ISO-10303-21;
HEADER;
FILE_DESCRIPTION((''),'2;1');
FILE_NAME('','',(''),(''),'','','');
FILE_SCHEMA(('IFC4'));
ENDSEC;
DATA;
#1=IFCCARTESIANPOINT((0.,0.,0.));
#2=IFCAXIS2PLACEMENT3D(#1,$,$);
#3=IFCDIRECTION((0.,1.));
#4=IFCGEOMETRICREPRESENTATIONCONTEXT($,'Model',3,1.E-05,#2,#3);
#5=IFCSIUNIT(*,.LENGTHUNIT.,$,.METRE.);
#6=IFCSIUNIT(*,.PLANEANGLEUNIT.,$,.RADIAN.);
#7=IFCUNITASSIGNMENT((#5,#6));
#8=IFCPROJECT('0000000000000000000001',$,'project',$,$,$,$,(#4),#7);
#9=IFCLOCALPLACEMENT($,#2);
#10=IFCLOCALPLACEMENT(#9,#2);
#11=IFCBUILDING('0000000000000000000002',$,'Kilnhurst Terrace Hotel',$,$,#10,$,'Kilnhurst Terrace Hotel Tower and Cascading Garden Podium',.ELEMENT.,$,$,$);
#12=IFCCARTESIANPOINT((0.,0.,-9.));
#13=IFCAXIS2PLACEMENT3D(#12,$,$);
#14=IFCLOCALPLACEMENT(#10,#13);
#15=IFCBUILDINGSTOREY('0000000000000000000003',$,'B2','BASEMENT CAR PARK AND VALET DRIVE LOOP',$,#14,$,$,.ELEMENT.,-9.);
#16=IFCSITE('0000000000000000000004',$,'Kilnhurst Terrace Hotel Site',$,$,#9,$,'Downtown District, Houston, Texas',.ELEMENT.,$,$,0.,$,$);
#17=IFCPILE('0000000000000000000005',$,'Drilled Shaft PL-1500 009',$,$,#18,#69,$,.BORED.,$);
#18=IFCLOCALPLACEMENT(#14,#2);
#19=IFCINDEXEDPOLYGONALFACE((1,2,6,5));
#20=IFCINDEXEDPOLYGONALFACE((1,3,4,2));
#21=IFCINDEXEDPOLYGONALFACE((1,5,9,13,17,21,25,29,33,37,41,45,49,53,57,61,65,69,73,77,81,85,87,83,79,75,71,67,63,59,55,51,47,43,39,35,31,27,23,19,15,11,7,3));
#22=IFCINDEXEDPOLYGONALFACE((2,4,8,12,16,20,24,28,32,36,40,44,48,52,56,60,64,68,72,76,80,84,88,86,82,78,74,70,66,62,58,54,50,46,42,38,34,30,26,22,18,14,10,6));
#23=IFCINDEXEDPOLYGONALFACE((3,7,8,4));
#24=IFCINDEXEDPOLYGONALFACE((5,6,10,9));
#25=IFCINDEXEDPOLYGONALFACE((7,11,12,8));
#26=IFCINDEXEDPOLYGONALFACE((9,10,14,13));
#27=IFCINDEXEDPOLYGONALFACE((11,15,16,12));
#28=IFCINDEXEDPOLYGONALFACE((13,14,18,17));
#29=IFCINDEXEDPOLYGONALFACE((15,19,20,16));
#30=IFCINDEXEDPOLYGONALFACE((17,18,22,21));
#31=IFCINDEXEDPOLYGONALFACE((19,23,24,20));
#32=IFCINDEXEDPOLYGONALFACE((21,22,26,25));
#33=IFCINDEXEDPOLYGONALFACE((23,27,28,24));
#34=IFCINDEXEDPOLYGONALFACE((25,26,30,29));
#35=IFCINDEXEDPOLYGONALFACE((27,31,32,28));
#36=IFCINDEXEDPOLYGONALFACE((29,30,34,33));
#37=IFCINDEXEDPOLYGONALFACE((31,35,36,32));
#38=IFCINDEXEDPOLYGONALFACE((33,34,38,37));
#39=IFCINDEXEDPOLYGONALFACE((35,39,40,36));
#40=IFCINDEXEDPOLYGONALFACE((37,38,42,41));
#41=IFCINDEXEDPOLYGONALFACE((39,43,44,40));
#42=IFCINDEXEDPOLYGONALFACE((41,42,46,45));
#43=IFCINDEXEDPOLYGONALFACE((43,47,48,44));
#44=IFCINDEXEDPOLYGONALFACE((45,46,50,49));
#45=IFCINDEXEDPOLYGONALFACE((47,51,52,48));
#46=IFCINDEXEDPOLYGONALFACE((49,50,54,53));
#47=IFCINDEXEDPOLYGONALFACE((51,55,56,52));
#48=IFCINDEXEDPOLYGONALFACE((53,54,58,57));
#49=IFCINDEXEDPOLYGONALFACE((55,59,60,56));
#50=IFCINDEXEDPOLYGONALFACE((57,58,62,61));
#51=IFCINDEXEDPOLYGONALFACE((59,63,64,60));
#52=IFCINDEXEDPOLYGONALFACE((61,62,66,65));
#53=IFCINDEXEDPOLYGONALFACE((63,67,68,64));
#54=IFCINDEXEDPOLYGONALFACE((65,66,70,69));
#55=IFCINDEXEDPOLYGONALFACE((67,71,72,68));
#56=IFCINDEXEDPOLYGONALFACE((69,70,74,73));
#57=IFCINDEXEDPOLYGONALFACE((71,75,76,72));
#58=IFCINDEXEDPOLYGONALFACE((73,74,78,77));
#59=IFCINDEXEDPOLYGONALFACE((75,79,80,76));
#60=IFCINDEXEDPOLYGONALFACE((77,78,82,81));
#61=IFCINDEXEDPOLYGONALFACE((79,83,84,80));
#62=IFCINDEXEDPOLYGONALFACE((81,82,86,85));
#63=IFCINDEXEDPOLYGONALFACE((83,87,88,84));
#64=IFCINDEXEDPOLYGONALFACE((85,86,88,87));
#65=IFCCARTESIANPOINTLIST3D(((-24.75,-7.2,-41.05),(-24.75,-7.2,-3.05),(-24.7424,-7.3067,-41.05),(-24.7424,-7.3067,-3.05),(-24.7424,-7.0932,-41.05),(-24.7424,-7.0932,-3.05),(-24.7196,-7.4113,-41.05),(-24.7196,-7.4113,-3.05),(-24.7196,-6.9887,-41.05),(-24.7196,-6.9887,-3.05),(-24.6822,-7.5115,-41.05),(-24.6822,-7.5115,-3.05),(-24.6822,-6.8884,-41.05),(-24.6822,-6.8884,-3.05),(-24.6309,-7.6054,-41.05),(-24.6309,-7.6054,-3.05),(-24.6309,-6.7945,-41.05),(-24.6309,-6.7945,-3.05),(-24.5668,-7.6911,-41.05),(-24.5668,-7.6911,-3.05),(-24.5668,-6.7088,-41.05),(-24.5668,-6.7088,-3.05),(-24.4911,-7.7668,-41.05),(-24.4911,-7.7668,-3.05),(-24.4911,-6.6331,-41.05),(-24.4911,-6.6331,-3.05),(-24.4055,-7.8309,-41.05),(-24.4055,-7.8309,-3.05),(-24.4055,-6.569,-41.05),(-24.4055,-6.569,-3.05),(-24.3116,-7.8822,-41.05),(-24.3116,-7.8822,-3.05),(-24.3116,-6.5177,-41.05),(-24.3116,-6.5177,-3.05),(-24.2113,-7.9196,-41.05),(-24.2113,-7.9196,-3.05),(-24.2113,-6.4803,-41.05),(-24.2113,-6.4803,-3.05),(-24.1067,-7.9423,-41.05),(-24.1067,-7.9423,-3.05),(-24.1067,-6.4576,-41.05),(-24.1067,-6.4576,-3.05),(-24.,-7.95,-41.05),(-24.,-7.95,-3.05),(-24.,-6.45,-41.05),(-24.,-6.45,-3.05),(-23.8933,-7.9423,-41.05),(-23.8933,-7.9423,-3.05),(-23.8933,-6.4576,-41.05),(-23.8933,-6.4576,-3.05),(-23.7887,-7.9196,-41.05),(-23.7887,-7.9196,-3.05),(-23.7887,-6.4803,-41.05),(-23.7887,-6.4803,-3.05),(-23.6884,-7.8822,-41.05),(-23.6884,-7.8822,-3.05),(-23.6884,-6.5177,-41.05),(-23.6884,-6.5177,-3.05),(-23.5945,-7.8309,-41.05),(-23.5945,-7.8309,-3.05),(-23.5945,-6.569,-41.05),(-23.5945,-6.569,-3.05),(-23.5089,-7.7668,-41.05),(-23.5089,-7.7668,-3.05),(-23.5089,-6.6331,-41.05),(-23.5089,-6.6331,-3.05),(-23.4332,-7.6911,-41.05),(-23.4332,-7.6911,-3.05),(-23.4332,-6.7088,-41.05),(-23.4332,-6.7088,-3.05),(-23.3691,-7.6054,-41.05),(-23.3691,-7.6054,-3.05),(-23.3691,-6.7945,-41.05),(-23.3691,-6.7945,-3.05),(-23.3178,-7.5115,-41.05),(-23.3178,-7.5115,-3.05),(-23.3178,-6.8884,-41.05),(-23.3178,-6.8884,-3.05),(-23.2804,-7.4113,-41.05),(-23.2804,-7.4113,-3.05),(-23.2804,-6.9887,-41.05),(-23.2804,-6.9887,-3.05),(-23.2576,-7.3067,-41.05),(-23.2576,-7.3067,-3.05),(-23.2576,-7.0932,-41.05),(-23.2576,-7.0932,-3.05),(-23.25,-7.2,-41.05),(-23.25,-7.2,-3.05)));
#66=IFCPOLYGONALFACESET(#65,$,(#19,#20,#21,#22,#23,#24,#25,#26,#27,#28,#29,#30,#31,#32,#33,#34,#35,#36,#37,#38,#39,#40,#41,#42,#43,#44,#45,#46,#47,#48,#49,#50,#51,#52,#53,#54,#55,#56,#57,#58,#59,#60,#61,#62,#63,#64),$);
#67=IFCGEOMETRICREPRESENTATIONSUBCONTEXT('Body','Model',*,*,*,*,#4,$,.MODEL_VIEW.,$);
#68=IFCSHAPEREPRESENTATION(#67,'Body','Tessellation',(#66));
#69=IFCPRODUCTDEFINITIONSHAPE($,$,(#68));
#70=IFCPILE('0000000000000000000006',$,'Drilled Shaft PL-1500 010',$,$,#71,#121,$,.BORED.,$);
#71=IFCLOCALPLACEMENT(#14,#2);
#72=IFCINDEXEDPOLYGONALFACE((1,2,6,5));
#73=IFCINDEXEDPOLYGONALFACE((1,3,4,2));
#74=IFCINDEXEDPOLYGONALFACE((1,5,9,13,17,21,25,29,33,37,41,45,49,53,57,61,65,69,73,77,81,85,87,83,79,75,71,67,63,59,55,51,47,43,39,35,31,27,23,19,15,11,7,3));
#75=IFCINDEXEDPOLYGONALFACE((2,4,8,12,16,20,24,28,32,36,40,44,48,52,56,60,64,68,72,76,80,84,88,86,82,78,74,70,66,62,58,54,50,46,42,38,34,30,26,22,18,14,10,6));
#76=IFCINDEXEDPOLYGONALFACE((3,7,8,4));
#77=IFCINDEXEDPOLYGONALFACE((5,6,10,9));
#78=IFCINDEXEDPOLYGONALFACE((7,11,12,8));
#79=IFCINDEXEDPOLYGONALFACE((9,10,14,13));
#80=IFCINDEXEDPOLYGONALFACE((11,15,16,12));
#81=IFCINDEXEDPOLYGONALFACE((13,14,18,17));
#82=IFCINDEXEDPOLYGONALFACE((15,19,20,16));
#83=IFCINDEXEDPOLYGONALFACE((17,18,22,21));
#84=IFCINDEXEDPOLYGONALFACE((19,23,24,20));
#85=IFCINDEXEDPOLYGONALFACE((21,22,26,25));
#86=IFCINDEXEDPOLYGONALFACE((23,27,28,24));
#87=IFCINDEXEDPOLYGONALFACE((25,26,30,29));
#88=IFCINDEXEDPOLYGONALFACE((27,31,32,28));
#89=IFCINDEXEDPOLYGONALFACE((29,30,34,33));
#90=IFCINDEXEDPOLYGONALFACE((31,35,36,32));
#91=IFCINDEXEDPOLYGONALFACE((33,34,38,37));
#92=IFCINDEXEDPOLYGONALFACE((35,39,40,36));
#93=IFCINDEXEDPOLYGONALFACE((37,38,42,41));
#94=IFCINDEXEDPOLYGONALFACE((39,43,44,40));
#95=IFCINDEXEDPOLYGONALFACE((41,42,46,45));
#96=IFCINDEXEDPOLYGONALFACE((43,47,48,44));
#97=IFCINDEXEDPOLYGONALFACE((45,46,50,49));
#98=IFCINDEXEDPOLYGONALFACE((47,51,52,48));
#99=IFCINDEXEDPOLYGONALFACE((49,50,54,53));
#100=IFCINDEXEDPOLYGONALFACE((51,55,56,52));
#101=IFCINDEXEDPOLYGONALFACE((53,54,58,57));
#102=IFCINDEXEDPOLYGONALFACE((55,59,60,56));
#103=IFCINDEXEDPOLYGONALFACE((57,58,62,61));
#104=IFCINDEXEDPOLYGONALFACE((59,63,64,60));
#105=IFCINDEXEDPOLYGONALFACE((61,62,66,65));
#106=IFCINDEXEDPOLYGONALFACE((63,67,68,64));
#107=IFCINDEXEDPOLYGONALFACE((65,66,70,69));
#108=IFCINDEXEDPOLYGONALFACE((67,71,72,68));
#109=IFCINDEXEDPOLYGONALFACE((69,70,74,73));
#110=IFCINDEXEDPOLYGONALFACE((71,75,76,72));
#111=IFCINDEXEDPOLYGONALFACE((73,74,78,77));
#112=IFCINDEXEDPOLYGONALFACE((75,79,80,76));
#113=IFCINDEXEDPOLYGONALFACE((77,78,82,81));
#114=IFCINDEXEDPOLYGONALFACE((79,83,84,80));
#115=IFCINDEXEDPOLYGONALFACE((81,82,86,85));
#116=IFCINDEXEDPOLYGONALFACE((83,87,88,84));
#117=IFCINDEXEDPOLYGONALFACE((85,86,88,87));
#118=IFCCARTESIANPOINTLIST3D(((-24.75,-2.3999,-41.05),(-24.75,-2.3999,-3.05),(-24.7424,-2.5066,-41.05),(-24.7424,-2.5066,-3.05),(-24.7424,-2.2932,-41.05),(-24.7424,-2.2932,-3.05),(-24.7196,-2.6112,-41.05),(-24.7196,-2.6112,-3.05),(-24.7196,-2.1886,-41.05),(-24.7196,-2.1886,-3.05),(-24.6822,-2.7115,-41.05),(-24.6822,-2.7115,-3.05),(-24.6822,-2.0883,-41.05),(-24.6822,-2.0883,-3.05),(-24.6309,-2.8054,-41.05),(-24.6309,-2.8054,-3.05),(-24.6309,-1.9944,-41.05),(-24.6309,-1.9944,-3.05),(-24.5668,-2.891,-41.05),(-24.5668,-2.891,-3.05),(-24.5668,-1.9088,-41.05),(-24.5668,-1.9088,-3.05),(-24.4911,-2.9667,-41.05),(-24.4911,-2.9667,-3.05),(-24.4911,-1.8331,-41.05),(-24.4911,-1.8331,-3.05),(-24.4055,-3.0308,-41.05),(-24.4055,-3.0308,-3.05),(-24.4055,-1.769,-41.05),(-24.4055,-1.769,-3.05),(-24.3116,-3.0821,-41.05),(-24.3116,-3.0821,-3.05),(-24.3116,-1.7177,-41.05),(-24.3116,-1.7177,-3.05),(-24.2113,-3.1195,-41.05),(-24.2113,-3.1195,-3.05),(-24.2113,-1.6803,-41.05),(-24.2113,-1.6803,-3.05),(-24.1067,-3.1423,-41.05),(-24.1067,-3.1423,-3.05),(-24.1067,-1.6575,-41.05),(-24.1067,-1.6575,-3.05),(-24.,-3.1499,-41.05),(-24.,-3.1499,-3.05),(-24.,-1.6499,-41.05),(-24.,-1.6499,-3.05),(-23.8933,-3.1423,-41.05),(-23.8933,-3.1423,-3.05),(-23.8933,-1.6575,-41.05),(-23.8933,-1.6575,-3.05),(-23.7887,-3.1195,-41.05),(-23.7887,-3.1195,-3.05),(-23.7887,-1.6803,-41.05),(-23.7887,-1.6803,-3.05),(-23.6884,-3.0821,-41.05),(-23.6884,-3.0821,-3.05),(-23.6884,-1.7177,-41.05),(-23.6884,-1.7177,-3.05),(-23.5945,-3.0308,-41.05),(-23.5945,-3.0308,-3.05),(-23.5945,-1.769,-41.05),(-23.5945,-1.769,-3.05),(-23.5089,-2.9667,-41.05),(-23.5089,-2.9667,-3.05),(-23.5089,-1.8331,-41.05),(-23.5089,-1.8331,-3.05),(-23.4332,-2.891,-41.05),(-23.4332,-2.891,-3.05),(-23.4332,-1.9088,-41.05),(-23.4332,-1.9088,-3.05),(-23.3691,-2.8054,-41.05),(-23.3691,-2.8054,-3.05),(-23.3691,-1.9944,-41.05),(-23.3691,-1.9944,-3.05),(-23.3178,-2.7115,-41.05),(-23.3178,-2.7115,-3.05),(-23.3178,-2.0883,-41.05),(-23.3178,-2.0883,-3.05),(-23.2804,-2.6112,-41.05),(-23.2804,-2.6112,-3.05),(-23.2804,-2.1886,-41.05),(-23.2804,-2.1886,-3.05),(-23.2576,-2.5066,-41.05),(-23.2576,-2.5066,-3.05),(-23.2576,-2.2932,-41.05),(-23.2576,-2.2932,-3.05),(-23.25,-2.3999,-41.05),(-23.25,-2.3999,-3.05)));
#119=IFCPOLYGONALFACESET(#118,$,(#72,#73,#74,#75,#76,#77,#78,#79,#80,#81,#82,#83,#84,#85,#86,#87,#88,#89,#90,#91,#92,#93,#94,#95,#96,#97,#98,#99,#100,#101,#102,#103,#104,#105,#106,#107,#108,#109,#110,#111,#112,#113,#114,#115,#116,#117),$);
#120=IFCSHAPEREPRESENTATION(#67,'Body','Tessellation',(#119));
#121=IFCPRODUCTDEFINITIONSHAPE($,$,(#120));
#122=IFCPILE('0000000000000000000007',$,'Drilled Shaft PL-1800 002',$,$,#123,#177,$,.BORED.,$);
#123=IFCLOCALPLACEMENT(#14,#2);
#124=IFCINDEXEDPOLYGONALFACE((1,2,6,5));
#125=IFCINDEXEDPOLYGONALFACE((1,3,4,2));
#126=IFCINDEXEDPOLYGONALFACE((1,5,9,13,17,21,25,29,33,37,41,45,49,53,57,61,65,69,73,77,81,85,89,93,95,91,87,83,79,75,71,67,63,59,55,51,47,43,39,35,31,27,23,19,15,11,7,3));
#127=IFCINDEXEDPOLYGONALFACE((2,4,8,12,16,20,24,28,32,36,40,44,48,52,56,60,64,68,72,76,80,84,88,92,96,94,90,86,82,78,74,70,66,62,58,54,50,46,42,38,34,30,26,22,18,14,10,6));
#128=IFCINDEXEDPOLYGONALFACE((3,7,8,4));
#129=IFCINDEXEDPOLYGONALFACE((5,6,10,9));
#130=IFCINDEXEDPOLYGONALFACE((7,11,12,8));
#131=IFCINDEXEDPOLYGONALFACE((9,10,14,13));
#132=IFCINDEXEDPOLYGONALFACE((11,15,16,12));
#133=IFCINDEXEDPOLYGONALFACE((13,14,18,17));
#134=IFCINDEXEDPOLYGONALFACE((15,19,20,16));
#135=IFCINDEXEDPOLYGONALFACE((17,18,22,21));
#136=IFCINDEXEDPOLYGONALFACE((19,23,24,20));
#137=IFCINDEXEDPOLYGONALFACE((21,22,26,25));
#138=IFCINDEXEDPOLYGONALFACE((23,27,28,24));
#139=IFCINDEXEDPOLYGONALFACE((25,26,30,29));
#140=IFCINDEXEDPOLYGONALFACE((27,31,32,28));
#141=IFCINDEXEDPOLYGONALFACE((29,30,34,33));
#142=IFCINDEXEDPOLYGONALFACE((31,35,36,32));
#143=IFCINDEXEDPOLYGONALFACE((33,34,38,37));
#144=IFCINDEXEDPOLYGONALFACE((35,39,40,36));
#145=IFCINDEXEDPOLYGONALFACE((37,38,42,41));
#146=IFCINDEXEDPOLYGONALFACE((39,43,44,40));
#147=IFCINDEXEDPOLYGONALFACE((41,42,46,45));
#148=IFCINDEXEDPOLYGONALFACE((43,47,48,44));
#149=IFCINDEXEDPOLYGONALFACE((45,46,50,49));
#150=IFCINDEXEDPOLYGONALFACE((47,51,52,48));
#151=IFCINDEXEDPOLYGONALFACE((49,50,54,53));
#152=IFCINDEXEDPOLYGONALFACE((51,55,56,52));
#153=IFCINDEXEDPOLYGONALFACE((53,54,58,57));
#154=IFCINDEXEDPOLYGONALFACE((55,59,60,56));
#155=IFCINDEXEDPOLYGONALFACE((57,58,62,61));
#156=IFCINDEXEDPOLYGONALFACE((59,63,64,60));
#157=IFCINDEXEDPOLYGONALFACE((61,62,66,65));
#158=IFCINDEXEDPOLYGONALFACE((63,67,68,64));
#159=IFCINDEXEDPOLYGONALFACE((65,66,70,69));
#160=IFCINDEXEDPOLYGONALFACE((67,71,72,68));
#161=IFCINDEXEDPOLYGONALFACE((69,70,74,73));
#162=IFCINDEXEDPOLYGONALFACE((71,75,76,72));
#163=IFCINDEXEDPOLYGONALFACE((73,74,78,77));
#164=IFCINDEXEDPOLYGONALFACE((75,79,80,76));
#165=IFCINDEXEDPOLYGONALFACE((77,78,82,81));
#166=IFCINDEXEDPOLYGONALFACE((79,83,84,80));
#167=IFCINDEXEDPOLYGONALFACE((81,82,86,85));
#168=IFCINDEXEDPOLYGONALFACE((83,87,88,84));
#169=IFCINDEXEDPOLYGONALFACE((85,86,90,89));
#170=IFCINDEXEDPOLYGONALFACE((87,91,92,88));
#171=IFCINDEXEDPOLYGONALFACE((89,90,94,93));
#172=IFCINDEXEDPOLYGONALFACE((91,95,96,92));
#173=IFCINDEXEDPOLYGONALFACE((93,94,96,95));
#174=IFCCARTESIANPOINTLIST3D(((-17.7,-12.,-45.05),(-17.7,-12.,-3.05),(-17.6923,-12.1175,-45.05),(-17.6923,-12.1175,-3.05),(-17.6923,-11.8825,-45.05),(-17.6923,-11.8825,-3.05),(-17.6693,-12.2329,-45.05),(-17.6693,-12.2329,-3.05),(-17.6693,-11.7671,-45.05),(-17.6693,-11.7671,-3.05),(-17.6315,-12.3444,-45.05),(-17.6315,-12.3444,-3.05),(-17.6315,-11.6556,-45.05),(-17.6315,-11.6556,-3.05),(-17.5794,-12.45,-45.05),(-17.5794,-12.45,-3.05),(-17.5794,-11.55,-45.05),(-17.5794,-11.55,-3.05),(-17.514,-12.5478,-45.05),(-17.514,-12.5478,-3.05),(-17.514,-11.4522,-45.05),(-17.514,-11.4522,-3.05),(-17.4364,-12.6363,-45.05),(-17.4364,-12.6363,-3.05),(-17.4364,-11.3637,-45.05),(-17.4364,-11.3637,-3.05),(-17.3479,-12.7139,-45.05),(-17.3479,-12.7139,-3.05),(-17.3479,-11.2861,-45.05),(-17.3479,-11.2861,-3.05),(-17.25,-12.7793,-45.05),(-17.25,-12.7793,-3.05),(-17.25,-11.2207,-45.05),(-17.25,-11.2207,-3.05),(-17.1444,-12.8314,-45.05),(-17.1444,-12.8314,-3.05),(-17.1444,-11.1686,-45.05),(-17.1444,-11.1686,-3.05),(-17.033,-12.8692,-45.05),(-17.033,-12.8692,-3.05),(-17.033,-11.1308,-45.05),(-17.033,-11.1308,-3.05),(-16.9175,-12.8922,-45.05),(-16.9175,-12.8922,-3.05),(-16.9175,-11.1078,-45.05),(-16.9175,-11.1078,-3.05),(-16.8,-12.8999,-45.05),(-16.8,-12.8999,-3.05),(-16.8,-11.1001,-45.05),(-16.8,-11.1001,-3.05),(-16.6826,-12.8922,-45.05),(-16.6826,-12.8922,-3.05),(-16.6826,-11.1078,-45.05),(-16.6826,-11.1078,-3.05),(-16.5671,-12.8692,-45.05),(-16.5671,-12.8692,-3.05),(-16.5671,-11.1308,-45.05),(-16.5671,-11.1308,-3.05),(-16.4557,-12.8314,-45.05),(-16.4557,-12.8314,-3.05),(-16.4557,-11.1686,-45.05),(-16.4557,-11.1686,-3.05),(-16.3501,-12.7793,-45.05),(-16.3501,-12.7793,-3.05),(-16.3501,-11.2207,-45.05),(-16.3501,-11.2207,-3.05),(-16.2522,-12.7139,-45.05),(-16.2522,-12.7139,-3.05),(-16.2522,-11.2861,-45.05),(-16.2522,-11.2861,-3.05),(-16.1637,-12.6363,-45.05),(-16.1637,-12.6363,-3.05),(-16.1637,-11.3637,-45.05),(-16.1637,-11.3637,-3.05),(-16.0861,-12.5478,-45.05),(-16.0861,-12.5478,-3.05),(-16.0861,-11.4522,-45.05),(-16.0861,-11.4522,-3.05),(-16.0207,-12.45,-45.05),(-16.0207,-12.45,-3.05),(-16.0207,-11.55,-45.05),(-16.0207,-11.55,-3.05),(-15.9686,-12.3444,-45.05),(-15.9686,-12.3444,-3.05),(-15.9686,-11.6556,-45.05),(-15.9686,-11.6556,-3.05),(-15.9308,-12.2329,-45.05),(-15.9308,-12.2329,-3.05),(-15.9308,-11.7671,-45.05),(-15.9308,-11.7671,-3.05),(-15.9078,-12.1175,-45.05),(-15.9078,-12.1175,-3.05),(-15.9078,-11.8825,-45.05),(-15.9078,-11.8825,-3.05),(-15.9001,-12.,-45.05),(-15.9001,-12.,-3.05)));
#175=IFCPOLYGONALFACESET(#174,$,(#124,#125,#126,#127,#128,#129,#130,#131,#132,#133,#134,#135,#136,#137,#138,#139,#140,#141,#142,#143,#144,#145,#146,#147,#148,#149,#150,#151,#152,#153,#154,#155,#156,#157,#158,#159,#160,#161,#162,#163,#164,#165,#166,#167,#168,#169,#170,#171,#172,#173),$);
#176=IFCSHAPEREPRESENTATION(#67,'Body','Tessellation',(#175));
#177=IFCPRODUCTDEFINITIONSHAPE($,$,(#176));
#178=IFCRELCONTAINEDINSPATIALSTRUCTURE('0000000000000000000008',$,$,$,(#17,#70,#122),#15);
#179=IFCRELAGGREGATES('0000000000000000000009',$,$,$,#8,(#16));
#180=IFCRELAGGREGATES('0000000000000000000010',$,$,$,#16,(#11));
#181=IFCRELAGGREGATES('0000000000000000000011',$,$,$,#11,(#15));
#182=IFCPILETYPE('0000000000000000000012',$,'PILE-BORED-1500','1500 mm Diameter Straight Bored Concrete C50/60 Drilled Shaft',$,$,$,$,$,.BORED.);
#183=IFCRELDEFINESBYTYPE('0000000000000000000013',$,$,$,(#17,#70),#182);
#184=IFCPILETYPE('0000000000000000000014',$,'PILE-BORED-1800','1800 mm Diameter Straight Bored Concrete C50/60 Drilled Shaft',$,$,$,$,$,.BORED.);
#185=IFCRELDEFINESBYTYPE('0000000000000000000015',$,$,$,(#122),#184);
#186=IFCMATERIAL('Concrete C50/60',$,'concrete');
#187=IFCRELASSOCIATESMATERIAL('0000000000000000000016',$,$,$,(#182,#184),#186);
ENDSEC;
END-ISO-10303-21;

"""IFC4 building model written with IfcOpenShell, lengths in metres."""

from ifc_helpers import new_model, si_unit, direction, frame, origin, origin_2d, place, context, subcontext, project, spatial, circle, extrude, material, material_profile, profile_set, type_object, element, save


model = new_model("IFC4")

# Units and contexts
model_context = context("Model", 3, precision=1e-05, world=origin(), true_north=direction((0.0, 1.0)))
body_context = subcontext(model_context, "Body", "Model", "MODEL_VIEW")
ifc_project = project(units=[si_unit("LENGTHUNIT", "METRE"), si_unit("PLANEANGLEUNIT", "RADIAN")], contexts=[model_context])

# Site, building, storey
site_placement = place(None, origin())
site = spatial("IfcSite", under=ifc_project, at=site_placement, Name="Kilnhurst Terrace Hotel Site", LongName="Downtown District, Houston, Texas", CompositionType="ELEMENT", RefElevation=0.0)
building_placement = place(site_placement, origin())
building = spatial("IfcBuilding", under=site, at=building_placement, Name="Kilnhurst Terrace Hotel", LongName="Kilnhurst Terrace Hotel Tower and Cascading Garden Podium", CompositionType="ELEMENT")
storey_placement = place(building_placement, frame((0.0, 0.0, -9.0)))
storey = spatial("IfcBuildingStorey", under=building, at=storey_placement, Name="B2", Description="BASEMENT CAR PARK AND VALET DRIVE LOOP", CompositionType="ELEMENT", Elevation=-9.0)

# Piles
ifc_material_1 = material(Name="Concrete C50/60", Category="concrete")
ifc_material_profile_1 = material_profile(ifc_material_1, circle(Radius=0.75, at=origin_2d()), Name="PILE1500")
ifc_profile_set_1 = profile_set([ifc_material_profile_1], Name="Concrete C50/60")
pile_type_1 = type_object("IfcPileType", Name="PILE-BORED-1500", Description="1500 mm Diameter Straight Bored Concrete C50/60 Drilled Shaft", PredefinedType="BORED", material=ifc_profile_set_1)
for number, where, z_axis, x_axis, name in (
    (1, (-24.0, -7.2, -3.05), (0.0, 0.0, -1.0), (1.0, 0.0, 0.0), "Drilled Shaft PL-1500 009"),
    (2, (-24.0, -2.3999, -3.05), (0.0, 0.0, -1.0), (1.0, 0.0, 0.0), "Drilled Shaft PL-1500 010"),
):
    element("IfcPile", number, at=place(storey_placement, frame(where, z_axis=z_axis, x_axis=x_axis)), inside=storey, type_object=pile_type_1, Name=name, PredefinedType="BORED", context=body_context, shape_type="SweptSolid", body=[
        extrude(circle(Radius=0.75, at=origin_2d()), origin(), (0.0, 0.0, 1.0), 38.0),
    ])
ifc_material_profile_2 = material_profile(ifc_material_1, circle(Radius=0.8999, at=origin_2d()), Name="PILE1800")
ifc_profile_set_2 = profile_set([ifc_material_profile_2], Name="Concrete C50/60")
pile_type_2 = type_object("IfcPileType", Name="PILE-BORED-1800", Description="1800 mm Diameter Straight Bored Concrete C50/60 Drilled Shaft", PredefinedType="BORED", material=ifc_profile_set_2)
for number, where, z_axis, x_axis, name in (
    (3, (-16.8, -12.0, -3.05), (0.0, 0.0, -1.0), (1.0, 0.0, 0.0), "Drilled Shaft PL-1800 002"),
):
    element("IfcPile", number, at=place(storey_placement, frame(where, z_axis=z_axis, x_axis=x_axis)), inside=storey, type_object=pile_type_2, Name=name, PredefinedType="BORED", context=body_context, shape_type="SweptSolid", body=[
        extrude(circle(Radius=0.8999, at=origin_2d()), origin(), (0.0, 0.0, 1.0), 42.0),
    ])

save(model, "model.ifc")
